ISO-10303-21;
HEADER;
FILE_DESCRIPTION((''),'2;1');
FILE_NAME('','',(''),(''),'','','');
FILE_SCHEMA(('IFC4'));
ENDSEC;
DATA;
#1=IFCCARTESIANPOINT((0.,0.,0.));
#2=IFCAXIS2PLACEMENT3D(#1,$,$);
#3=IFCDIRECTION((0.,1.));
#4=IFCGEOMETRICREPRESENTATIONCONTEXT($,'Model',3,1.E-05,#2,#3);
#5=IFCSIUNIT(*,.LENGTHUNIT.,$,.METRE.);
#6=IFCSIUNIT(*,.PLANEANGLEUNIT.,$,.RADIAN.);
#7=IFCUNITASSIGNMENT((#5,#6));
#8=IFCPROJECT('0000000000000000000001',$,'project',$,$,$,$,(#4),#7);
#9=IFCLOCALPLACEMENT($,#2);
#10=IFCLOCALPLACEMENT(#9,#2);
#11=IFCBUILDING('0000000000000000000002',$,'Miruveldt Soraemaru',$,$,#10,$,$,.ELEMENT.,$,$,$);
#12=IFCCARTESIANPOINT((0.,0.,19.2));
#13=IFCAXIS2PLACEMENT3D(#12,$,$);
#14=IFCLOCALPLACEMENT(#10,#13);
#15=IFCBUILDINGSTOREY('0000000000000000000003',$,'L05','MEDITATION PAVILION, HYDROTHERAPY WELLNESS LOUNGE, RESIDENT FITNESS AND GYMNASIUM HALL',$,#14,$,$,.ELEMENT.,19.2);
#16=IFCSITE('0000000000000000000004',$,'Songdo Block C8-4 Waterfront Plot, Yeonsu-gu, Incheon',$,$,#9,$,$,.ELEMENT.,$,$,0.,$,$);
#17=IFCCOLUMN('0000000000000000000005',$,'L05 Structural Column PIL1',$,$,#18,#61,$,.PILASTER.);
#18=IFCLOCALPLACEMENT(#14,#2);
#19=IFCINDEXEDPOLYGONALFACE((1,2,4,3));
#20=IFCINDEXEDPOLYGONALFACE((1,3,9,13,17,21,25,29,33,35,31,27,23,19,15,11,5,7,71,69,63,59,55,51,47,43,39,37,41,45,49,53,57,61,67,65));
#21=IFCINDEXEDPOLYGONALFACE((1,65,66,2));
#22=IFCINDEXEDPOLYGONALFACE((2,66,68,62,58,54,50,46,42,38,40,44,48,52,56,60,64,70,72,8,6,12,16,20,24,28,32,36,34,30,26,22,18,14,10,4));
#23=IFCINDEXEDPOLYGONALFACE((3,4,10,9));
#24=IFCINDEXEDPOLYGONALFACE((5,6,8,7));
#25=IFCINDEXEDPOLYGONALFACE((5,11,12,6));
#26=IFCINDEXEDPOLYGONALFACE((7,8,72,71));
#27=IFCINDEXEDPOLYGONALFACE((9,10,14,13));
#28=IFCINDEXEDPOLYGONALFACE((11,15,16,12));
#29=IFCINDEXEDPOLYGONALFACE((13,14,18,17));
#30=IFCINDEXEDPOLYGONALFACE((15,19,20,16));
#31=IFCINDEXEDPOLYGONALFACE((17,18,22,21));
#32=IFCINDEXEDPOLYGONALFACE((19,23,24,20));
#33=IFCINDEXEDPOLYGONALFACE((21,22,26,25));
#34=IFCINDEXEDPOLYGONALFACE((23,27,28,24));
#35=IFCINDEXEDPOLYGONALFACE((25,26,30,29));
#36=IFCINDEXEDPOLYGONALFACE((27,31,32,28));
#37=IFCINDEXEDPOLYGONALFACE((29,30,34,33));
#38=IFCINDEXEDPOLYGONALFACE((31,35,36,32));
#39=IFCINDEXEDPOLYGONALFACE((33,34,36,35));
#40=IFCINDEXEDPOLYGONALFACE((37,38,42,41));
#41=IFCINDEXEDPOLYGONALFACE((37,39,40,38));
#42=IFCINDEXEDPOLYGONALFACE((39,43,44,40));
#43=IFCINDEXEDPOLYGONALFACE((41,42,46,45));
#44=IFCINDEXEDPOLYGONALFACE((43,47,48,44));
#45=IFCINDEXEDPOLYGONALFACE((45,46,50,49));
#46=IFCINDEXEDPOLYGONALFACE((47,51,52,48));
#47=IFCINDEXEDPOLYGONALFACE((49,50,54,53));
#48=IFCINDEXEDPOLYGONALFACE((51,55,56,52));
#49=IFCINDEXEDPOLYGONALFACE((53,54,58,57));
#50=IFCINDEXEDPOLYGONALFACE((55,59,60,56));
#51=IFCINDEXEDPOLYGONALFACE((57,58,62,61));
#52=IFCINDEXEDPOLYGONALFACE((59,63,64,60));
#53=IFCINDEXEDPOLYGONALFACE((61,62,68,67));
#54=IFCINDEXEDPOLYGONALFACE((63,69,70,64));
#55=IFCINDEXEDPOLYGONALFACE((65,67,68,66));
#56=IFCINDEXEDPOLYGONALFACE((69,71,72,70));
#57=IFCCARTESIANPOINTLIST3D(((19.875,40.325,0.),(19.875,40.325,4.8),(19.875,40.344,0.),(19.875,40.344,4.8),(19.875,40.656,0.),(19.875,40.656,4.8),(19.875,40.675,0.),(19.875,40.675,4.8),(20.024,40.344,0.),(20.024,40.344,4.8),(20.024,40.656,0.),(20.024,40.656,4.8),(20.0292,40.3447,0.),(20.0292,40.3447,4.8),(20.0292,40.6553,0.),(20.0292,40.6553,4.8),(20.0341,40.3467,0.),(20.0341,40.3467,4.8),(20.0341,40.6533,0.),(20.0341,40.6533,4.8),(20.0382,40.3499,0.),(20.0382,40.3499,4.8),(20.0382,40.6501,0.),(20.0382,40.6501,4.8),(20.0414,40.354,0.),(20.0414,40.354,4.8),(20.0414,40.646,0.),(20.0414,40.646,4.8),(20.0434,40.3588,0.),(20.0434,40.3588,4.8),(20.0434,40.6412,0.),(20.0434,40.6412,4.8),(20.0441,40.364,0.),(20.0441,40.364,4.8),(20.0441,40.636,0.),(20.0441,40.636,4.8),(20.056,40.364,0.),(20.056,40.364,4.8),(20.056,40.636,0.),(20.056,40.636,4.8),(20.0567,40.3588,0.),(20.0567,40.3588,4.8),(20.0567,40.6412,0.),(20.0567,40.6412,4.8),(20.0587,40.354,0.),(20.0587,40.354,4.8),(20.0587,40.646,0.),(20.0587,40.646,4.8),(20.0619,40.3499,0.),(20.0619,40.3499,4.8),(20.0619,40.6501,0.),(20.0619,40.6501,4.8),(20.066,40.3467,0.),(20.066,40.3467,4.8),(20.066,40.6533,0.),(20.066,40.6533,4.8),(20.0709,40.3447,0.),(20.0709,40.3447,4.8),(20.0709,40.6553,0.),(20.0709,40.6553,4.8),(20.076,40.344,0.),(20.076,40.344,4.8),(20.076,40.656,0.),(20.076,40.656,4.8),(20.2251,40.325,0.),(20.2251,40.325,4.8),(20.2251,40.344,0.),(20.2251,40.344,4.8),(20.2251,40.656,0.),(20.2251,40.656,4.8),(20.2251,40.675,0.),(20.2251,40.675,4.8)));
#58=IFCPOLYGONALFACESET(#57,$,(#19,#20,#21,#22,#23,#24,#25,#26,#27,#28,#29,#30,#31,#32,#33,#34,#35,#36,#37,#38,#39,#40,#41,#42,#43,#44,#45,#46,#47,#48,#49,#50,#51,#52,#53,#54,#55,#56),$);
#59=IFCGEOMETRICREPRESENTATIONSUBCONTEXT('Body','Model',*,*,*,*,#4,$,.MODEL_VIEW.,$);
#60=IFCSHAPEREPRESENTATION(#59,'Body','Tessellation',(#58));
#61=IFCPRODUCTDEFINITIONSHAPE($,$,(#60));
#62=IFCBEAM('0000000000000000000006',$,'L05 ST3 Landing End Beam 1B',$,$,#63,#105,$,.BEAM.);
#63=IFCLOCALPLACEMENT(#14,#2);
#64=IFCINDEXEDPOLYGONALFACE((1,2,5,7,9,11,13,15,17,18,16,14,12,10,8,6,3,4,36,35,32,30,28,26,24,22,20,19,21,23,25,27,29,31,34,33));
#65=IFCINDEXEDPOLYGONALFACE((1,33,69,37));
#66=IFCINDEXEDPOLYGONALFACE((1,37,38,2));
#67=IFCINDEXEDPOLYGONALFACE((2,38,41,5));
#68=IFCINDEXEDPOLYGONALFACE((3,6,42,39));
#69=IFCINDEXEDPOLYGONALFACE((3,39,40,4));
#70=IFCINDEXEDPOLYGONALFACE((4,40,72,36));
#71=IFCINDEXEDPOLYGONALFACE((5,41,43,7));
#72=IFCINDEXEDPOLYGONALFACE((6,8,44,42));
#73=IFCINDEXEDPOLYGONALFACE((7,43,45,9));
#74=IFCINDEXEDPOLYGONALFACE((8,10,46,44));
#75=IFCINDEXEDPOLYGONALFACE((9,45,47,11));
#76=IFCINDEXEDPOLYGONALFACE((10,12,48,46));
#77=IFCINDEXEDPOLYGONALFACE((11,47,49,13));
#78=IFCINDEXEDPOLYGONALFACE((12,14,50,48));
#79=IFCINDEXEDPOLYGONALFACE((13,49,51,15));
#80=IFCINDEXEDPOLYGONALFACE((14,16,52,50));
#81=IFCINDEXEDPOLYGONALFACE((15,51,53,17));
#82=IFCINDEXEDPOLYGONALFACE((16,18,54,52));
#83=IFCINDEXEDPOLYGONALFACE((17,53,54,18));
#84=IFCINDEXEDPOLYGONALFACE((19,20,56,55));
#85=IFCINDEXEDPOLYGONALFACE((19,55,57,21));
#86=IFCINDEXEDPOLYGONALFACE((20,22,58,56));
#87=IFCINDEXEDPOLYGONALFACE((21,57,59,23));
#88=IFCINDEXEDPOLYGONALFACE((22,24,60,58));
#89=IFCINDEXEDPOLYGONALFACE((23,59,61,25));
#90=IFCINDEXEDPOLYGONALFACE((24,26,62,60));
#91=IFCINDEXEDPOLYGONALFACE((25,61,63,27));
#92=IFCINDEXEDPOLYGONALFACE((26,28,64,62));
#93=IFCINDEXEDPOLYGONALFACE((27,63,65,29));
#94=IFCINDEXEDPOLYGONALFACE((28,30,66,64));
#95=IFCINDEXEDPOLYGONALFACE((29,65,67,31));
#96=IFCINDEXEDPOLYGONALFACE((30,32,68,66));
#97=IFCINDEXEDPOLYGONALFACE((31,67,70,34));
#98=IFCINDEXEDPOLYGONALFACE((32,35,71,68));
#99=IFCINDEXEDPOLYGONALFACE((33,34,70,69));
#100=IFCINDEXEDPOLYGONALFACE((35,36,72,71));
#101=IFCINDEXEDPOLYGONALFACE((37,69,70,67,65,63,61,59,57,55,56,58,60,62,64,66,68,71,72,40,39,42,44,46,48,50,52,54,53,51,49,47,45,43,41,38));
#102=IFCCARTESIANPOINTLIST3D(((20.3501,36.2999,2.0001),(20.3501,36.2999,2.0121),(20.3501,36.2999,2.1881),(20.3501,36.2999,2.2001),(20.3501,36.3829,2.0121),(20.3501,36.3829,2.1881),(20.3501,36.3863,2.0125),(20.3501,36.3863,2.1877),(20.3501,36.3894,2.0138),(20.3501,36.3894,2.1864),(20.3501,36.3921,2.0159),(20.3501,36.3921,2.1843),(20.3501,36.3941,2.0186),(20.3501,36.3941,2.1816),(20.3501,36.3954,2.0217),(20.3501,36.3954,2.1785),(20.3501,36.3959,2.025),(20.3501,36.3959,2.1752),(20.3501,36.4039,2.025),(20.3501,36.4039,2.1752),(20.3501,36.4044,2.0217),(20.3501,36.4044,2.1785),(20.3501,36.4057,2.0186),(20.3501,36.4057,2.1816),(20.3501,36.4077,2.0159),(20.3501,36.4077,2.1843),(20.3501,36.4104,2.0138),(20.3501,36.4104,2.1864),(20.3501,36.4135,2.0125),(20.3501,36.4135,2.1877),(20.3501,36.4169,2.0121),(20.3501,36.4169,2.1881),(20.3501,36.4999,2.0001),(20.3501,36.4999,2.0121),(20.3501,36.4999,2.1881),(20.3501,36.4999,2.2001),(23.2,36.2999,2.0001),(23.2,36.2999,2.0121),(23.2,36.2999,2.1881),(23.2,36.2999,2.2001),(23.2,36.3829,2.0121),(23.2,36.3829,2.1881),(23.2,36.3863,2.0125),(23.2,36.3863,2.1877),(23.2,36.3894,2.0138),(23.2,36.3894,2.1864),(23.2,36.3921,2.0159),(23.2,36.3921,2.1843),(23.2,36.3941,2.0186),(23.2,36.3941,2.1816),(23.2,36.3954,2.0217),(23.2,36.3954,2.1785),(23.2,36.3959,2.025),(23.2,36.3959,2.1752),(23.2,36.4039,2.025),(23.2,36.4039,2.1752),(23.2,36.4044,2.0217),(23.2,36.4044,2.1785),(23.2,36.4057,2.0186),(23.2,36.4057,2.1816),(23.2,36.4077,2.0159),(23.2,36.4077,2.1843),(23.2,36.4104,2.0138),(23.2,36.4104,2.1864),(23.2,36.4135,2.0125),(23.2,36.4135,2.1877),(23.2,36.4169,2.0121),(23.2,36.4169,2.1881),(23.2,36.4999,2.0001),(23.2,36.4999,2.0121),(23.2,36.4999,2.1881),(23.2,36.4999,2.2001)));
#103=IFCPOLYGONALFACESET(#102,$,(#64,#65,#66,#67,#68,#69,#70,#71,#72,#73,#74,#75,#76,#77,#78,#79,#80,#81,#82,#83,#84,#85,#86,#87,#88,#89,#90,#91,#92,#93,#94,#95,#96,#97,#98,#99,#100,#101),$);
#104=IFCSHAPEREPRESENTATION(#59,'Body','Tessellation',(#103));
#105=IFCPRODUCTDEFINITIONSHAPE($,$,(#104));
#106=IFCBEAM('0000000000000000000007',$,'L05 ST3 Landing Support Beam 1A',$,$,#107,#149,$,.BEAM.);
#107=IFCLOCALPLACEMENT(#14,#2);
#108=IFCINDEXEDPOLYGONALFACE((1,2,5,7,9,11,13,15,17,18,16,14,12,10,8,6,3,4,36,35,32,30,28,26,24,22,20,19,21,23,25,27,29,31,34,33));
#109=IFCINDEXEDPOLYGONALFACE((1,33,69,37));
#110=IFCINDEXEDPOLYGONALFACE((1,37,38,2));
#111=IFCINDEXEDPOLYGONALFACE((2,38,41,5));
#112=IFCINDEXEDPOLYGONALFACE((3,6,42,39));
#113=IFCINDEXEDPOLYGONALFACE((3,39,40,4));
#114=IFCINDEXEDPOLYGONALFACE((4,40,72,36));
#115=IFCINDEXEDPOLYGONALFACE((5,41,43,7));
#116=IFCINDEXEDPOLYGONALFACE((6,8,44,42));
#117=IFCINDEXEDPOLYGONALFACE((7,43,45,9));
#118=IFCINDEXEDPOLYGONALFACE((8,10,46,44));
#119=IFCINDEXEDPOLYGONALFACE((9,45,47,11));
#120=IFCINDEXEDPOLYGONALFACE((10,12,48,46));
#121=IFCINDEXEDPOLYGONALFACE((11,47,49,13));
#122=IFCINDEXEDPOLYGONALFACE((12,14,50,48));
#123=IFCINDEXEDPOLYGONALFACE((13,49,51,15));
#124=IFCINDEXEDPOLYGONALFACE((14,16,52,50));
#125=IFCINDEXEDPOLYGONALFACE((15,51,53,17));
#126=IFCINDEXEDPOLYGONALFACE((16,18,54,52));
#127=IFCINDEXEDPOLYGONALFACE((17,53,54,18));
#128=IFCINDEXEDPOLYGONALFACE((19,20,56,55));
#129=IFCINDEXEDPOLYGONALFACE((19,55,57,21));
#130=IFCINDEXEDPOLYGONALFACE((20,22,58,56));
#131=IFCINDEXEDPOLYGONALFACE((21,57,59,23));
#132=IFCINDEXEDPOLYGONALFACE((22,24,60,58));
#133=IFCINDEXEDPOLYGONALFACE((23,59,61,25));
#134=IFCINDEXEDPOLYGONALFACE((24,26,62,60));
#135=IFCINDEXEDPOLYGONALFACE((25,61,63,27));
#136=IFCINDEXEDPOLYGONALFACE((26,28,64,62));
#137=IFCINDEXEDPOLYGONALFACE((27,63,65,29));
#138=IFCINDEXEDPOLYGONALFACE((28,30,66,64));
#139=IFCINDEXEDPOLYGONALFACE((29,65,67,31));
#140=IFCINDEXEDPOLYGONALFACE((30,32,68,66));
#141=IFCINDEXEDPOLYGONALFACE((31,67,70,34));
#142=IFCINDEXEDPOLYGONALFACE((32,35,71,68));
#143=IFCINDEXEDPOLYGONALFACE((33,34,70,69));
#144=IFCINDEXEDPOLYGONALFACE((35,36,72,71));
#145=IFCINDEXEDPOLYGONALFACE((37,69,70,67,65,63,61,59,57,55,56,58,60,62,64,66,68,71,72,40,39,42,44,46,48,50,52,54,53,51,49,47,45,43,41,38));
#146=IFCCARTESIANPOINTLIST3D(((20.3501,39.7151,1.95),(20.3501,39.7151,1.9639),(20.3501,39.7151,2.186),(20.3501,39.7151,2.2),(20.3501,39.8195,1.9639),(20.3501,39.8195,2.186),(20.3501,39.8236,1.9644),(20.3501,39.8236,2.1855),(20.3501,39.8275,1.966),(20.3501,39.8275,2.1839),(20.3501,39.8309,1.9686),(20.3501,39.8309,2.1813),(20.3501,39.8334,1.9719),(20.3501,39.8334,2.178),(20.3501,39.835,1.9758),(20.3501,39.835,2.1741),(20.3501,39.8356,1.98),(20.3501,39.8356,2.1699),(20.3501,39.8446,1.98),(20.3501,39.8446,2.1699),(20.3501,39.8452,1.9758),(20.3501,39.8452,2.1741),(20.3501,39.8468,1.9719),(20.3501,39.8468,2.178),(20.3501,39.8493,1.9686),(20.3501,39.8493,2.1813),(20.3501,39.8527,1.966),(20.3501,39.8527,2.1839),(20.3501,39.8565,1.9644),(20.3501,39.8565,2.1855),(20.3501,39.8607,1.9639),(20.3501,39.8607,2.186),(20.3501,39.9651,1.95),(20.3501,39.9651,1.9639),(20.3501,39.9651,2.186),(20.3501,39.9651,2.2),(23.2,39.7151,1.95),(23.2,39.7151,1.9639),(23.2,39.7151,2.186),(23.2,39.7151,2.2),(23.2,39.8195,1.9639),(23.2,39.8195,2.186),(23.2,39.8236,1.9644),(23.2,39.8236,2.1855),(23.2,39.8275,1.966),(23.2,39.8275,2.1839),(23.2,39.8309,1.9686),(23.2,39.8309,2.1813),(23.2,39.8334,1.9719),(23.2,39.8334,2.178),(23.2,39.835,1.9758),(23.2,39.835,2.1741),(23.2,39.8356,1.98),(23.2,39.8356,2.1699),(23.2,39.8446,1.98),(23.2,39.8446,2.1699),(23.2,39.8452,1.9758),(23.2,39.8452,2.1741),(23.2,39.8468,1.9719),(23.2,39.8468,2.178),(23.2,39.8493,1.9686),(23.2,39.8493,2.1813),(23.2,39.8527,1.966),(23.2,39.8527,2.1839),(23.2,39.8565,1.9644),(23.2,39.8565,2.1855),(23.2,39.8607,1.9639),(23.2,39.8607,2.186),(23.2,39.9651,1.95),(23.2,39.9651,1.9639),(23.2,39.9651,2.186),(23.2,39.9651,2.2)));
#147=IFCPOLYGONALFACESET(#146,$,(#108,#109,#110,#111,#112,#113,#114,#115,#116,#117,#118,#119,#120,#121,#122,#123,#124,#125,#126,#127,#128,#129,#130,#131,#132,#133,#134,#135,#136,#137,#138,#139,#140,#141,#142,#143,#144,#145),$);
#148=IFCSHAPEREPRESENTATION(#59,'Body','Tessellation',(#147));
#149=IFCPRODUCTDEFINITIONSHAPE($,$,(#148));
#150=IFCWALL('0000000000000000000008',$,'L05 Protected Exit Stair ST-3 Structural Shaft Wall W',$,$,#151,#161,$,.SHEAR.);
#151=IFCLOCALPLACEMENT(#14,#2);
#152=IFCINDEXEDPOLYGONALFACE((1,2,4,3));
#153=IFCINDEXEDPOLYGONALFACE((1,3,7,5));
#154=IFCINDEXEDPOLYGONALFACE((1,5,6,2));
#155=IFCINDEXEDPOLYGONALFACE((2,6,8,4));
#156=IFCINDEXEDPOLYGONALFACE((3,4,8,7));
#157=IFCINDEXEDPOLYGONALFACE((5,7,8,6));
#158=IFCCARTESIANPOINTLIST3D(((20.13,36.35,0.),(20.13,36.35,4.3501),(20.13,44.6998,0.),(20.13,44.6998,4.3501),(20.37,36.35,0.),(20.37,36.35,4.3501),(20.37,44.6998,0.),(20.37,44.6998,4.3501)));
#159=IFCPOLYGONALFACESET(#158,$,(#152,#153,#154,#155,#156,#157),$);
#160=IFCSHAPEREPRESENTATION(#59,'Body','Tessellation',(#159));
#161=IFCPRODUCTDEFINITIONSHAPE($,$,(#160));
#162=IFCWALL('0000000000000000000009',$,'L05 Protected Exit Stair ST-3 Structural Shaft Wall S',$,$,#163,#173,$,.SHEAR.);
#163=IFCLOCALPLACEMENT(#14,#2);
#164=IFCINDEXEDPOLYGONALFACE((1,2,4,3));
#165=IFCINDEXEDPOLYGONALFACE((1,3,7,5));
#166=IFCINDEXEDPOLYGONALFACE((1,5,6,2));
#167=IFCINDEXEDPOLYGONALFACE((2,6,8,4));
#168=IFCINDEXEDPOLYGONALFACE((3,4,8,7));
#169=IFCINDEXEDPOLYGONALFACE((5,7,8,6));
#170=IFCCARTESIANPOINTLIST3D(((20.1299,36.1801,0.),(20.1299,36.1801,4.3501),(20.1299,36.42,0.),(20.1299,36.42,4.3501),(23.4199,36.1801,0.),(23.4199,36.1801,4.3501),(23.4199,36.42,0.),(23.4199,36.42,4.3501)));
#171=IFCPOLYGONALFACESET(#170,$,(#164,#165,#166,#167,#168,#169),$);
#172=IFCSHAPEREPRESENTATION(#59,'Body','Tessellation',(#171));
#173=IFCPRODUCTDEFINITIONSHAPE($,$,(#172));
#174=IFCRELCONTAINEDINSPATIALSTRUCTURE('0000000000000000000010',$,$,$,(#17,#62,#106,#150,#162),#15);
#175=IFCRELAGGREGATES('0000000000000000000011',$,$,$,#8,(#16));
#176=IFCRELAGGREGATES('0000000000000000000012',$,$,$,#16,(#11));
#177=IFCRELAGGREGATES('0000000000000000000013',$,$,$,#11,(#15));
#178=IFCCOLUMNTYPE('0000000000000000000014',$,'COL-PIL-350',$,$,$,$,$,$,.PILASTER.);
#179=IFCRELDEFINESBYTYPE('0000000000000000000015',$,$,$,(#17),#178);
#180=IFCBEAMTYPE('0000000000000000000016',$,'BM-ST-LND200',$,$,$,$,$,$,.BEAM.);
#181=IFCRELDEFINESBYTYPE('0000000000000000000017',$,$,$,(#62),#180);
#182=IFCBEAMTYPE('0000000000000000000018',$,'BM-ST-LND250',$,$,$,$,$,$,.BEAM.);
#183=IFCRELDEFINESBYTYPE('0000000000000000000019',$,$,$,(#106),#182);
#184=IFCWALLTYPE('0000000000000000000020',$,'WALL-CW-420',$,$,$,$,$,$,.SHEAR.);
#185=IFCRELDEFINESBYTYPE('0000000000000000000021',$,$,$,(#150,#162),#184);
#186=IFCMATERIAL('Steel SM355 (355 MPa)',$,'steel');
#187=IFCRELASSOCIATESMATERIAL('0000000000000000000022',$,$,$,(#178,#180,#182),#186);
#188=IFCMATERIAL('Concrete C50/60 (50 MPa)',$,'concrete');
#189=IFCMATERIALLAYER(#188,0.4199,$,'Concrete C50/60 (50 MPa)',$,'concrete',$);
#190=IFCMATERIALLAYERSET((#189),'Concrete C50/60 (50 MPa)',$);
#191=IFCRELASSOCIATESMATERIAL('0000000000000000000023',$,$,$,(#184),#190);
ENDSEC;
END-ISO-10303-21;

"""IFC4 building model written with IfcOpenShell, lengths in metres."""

from ifc_helpers import new_model, si_unit, direction, frame, frame_2d, origin, origin_2d, place, context, subcontext, project, spatial, rectangle, i_section, extrude, material, layer, layer_set, material_profile, profile_set, type_object, element, save


model = new_model("IFC4")

# Units and contexts
model_context = context("Model", 3, precision=1e-05, world=origin(), true_north=direction((0.0, 1.0)))
body_context = subcontext(model_context, "Body", "Model", "MODEL_VIEW")
ifc_project = project(units=[si_unit("LENGTHUNIT", "METRE"), si_unit("PLANEANGLEUNIT", "RADIAN")], contexts=[model_context])

# Site, building, storey
site_placement = place(None, origin())
site = spatial("IfcSite", under=ifc_project, at=site_placement, Name="Songdo Block C8-4 Waterfront Plot, Yeonsu-gu, Incheon", CompositionType="ELEMENT", RefElevation=0.0)
building_placement = place(site_placement, origin())
building = spatial("IfcBuilding", under=site, at=building_placement, Name="Miruveldt Soraemaru", CompositionType="ELEMENT")
storey_placement = place(building_placement, frame((0.0, 0.0, 19.2)))
storey = spatial("IfcBuildingStorey", under=building, at=storey_placement, Name="L05", Description="MEDITATION PAVILION, HYDROTHERAPY WELLNESS LOUNGE, RESIDENT FITNESS AND GYMNASIUM HALL", CompositionType="ELEMENT", Elevation=19.2)

# Column
ifc_material_1 = material(Name="Steel SM355 (355 MPa)", Category="steel")
ifc_material_profile_1 = material_profile(ifc_material_1, i_section(OverallWidth=0.3501, OverallDepth=0.3501, WebThickness=0.012, FlangeThickness=0.019, FilletRadius=0.02, at=origin_2d()), Name="Steel SM355 (355 MPa)", Category="steel")
ifc_profile_set_1 = profile_set([ifc_material_profile_1], Name="Steel SM355 (355 MPa)")
column_type = type_object("IfcColumnType", Name="COL-PIL-350", PredefinedType="PILASTER", material=ifc_profile_set_1)
column_placement = place(storey_placement, frame((20.05, 40.5, 0.0), z_axis=(0.0, 0.0, 1.0), x_axis=(1.0, 0.0, 0.0)))
element("IfcColumn", 1, at=column_placement, inside=storey, type_object=column_type, Name="L05 Structural Column PIL1", PredefinedType="PILASTER", context=body_context, shape_type="SweptSolid", body=[
    extrude(i_section(OverallWidth=0.3501, OverallDepth=0.3501, WebThickness=0.012, FlangeThickness=0.019, FilletRadius=0.02, at=origin_2d()), origin(), (0.0, 0.0, 1.0), 4.8),
])

# Beams
ifc_material_profile_2 = material_profile(ifc_material_1, i_section(OverallWidth=0.2, OverallDepth=0.2, WebThickness=0.0081, FlangeThickness=0.012, FilletRadius=0.0129, at=origin_2d()), Name="Steel SM355 (355 MPa)", Category="steel")
ifc_profile_set_2 = profile_set([ifc_material_profile_2], Name="Steel SM355 (355 MPa)")
beam_type_1 = type_object("IfcBeamType", Name="BM-ST-LND200", PredefinedType="BEAM", material=ifc_profile_set_2)
beam_1_placement = place(storey_placement, frame((20.3501, 36.3999, 2.1001), z_axis=(1.0, 0.0, 0.0), x_axis=(0.0, 1.0, 0.0)))
element("IfcBeam", 2, at=beam_1_placement, inside=storey, type_object=beam_type_1, Name="L05 ST3 Landing End Beam 1B", PredefinedType="BEAM", context=body_context, shape_type="SweptSolid", body=[
    extrude(i_section(OverallWidth=0.2, OverallDepth=0.2, WebThickness=0.0081, FlangeThickness=0.012, FilletRadius=0.0129, at=origin_2d()), origin(), (0.0, 0.0, 1.0), 2.8499),
])
ifc_material_profile_3 = material_profile(ifc_material_1, i_section(OverallWidth=0.25, OverallDepth=0.25, WebThickness=0.009, FlangeThickness=0.0139, FilletRadius=0.0161, at=origin_2d()), Name="Steel SM355 (355 MPa)", Category="steel")
ifc_profile_set_3 = profile_set([ifc_material_profile_3], Name="Steel SM355 (355 MPa)")
beam_type_2 = type_object("IfcBeamType", Name="BM-ST-LND250", PredefinedType="BEAM", material=ifc_profile_set_3)
beam_2_placement = place(storey_placement, frame((20.3501, 39.8401, 2.075), z_axis=(1.0, 0.0, 0.0), x_axis=(0.0, 1.0, 0.0)))
element("IfcBeam", 3, at=beam_2_placement, inside=storey, type_object=beam_type_2, Name="L05 ST3 Landing Support Beam 1A", PredefinedType="BEAM", context=body_context, shape_type="SweptSolid", body=[
    extrude(i_section(OverallWidth=0.25, OverallDepth=0.25, WebThickness=0.009, FlangeThickness=0.0139, FilletRadius=0.0161, at=origin_2d()), origin(), (0.0, 0.0, 1.0), 2.8499),
])

# Walls
ifc_material_2 = material(Name="Concrete C50/60 (50 MPa)", Category="concrete")
ifc_layer_1 = layer(ifc_material_2, 0.4199, Name="Concrete C50/60 (50 MPa)", Category="concrete")
ifc_layer_set_1 = layer_set([ifc_layer_1], Name="Concrete C50/60 (50 MPa)")
wall_type_1 = type_object("IfcWallType", Name="WALL-CW-420", PredefinedType="SHEAR", material=ifc_layer_set_1)
wall_1_placement = place(storey_placement, frame((20.25, 36.3501, 0.0), z_axis=(0.0, 0.0, 1.0), x_axis=(0.0, 1.0, 0.0)))
element("IfcWall", 4, at=wall_1_placement, inside=storey, type_object=wall_type_1, Name="L05 Protected Exit Stair ST-3 Structural Shaft Wall W", PredefinedType="SHEAR", context=body_context, shape_type="SweptSolid", body=[
    extrude(rectangle(XDim=8.3499, YDim=0.24, at=frame_2d((4.1748, 0.0))), origin(), (0.0, 0.0, 1.0), 4.3501),
])
wall_2_placement = place(storey_placement, frame((20.1299, 36.3, 0.0), z_axis=(0.0, 0.0, 1.0), x_axis=(1.0, 0.0, 0.0)))
element("IfcWall", 5, at=wall_2_placement, inside=storey, type_object=wall_type_1, Name="L05 Protected Exit Stair ST-3 Structural Shaft Wall S", PredefinedType="SHEAR", context=body_context, shape_type="SweptSolid", body=[
    extrude(rectangle(XDim=3.29, YDim=0.24, at=frame_2d((1.645, 0.0))), origin(), (0.0, 0.0, 1.0), 4.3501),
])

save(model, "model.ifc")
